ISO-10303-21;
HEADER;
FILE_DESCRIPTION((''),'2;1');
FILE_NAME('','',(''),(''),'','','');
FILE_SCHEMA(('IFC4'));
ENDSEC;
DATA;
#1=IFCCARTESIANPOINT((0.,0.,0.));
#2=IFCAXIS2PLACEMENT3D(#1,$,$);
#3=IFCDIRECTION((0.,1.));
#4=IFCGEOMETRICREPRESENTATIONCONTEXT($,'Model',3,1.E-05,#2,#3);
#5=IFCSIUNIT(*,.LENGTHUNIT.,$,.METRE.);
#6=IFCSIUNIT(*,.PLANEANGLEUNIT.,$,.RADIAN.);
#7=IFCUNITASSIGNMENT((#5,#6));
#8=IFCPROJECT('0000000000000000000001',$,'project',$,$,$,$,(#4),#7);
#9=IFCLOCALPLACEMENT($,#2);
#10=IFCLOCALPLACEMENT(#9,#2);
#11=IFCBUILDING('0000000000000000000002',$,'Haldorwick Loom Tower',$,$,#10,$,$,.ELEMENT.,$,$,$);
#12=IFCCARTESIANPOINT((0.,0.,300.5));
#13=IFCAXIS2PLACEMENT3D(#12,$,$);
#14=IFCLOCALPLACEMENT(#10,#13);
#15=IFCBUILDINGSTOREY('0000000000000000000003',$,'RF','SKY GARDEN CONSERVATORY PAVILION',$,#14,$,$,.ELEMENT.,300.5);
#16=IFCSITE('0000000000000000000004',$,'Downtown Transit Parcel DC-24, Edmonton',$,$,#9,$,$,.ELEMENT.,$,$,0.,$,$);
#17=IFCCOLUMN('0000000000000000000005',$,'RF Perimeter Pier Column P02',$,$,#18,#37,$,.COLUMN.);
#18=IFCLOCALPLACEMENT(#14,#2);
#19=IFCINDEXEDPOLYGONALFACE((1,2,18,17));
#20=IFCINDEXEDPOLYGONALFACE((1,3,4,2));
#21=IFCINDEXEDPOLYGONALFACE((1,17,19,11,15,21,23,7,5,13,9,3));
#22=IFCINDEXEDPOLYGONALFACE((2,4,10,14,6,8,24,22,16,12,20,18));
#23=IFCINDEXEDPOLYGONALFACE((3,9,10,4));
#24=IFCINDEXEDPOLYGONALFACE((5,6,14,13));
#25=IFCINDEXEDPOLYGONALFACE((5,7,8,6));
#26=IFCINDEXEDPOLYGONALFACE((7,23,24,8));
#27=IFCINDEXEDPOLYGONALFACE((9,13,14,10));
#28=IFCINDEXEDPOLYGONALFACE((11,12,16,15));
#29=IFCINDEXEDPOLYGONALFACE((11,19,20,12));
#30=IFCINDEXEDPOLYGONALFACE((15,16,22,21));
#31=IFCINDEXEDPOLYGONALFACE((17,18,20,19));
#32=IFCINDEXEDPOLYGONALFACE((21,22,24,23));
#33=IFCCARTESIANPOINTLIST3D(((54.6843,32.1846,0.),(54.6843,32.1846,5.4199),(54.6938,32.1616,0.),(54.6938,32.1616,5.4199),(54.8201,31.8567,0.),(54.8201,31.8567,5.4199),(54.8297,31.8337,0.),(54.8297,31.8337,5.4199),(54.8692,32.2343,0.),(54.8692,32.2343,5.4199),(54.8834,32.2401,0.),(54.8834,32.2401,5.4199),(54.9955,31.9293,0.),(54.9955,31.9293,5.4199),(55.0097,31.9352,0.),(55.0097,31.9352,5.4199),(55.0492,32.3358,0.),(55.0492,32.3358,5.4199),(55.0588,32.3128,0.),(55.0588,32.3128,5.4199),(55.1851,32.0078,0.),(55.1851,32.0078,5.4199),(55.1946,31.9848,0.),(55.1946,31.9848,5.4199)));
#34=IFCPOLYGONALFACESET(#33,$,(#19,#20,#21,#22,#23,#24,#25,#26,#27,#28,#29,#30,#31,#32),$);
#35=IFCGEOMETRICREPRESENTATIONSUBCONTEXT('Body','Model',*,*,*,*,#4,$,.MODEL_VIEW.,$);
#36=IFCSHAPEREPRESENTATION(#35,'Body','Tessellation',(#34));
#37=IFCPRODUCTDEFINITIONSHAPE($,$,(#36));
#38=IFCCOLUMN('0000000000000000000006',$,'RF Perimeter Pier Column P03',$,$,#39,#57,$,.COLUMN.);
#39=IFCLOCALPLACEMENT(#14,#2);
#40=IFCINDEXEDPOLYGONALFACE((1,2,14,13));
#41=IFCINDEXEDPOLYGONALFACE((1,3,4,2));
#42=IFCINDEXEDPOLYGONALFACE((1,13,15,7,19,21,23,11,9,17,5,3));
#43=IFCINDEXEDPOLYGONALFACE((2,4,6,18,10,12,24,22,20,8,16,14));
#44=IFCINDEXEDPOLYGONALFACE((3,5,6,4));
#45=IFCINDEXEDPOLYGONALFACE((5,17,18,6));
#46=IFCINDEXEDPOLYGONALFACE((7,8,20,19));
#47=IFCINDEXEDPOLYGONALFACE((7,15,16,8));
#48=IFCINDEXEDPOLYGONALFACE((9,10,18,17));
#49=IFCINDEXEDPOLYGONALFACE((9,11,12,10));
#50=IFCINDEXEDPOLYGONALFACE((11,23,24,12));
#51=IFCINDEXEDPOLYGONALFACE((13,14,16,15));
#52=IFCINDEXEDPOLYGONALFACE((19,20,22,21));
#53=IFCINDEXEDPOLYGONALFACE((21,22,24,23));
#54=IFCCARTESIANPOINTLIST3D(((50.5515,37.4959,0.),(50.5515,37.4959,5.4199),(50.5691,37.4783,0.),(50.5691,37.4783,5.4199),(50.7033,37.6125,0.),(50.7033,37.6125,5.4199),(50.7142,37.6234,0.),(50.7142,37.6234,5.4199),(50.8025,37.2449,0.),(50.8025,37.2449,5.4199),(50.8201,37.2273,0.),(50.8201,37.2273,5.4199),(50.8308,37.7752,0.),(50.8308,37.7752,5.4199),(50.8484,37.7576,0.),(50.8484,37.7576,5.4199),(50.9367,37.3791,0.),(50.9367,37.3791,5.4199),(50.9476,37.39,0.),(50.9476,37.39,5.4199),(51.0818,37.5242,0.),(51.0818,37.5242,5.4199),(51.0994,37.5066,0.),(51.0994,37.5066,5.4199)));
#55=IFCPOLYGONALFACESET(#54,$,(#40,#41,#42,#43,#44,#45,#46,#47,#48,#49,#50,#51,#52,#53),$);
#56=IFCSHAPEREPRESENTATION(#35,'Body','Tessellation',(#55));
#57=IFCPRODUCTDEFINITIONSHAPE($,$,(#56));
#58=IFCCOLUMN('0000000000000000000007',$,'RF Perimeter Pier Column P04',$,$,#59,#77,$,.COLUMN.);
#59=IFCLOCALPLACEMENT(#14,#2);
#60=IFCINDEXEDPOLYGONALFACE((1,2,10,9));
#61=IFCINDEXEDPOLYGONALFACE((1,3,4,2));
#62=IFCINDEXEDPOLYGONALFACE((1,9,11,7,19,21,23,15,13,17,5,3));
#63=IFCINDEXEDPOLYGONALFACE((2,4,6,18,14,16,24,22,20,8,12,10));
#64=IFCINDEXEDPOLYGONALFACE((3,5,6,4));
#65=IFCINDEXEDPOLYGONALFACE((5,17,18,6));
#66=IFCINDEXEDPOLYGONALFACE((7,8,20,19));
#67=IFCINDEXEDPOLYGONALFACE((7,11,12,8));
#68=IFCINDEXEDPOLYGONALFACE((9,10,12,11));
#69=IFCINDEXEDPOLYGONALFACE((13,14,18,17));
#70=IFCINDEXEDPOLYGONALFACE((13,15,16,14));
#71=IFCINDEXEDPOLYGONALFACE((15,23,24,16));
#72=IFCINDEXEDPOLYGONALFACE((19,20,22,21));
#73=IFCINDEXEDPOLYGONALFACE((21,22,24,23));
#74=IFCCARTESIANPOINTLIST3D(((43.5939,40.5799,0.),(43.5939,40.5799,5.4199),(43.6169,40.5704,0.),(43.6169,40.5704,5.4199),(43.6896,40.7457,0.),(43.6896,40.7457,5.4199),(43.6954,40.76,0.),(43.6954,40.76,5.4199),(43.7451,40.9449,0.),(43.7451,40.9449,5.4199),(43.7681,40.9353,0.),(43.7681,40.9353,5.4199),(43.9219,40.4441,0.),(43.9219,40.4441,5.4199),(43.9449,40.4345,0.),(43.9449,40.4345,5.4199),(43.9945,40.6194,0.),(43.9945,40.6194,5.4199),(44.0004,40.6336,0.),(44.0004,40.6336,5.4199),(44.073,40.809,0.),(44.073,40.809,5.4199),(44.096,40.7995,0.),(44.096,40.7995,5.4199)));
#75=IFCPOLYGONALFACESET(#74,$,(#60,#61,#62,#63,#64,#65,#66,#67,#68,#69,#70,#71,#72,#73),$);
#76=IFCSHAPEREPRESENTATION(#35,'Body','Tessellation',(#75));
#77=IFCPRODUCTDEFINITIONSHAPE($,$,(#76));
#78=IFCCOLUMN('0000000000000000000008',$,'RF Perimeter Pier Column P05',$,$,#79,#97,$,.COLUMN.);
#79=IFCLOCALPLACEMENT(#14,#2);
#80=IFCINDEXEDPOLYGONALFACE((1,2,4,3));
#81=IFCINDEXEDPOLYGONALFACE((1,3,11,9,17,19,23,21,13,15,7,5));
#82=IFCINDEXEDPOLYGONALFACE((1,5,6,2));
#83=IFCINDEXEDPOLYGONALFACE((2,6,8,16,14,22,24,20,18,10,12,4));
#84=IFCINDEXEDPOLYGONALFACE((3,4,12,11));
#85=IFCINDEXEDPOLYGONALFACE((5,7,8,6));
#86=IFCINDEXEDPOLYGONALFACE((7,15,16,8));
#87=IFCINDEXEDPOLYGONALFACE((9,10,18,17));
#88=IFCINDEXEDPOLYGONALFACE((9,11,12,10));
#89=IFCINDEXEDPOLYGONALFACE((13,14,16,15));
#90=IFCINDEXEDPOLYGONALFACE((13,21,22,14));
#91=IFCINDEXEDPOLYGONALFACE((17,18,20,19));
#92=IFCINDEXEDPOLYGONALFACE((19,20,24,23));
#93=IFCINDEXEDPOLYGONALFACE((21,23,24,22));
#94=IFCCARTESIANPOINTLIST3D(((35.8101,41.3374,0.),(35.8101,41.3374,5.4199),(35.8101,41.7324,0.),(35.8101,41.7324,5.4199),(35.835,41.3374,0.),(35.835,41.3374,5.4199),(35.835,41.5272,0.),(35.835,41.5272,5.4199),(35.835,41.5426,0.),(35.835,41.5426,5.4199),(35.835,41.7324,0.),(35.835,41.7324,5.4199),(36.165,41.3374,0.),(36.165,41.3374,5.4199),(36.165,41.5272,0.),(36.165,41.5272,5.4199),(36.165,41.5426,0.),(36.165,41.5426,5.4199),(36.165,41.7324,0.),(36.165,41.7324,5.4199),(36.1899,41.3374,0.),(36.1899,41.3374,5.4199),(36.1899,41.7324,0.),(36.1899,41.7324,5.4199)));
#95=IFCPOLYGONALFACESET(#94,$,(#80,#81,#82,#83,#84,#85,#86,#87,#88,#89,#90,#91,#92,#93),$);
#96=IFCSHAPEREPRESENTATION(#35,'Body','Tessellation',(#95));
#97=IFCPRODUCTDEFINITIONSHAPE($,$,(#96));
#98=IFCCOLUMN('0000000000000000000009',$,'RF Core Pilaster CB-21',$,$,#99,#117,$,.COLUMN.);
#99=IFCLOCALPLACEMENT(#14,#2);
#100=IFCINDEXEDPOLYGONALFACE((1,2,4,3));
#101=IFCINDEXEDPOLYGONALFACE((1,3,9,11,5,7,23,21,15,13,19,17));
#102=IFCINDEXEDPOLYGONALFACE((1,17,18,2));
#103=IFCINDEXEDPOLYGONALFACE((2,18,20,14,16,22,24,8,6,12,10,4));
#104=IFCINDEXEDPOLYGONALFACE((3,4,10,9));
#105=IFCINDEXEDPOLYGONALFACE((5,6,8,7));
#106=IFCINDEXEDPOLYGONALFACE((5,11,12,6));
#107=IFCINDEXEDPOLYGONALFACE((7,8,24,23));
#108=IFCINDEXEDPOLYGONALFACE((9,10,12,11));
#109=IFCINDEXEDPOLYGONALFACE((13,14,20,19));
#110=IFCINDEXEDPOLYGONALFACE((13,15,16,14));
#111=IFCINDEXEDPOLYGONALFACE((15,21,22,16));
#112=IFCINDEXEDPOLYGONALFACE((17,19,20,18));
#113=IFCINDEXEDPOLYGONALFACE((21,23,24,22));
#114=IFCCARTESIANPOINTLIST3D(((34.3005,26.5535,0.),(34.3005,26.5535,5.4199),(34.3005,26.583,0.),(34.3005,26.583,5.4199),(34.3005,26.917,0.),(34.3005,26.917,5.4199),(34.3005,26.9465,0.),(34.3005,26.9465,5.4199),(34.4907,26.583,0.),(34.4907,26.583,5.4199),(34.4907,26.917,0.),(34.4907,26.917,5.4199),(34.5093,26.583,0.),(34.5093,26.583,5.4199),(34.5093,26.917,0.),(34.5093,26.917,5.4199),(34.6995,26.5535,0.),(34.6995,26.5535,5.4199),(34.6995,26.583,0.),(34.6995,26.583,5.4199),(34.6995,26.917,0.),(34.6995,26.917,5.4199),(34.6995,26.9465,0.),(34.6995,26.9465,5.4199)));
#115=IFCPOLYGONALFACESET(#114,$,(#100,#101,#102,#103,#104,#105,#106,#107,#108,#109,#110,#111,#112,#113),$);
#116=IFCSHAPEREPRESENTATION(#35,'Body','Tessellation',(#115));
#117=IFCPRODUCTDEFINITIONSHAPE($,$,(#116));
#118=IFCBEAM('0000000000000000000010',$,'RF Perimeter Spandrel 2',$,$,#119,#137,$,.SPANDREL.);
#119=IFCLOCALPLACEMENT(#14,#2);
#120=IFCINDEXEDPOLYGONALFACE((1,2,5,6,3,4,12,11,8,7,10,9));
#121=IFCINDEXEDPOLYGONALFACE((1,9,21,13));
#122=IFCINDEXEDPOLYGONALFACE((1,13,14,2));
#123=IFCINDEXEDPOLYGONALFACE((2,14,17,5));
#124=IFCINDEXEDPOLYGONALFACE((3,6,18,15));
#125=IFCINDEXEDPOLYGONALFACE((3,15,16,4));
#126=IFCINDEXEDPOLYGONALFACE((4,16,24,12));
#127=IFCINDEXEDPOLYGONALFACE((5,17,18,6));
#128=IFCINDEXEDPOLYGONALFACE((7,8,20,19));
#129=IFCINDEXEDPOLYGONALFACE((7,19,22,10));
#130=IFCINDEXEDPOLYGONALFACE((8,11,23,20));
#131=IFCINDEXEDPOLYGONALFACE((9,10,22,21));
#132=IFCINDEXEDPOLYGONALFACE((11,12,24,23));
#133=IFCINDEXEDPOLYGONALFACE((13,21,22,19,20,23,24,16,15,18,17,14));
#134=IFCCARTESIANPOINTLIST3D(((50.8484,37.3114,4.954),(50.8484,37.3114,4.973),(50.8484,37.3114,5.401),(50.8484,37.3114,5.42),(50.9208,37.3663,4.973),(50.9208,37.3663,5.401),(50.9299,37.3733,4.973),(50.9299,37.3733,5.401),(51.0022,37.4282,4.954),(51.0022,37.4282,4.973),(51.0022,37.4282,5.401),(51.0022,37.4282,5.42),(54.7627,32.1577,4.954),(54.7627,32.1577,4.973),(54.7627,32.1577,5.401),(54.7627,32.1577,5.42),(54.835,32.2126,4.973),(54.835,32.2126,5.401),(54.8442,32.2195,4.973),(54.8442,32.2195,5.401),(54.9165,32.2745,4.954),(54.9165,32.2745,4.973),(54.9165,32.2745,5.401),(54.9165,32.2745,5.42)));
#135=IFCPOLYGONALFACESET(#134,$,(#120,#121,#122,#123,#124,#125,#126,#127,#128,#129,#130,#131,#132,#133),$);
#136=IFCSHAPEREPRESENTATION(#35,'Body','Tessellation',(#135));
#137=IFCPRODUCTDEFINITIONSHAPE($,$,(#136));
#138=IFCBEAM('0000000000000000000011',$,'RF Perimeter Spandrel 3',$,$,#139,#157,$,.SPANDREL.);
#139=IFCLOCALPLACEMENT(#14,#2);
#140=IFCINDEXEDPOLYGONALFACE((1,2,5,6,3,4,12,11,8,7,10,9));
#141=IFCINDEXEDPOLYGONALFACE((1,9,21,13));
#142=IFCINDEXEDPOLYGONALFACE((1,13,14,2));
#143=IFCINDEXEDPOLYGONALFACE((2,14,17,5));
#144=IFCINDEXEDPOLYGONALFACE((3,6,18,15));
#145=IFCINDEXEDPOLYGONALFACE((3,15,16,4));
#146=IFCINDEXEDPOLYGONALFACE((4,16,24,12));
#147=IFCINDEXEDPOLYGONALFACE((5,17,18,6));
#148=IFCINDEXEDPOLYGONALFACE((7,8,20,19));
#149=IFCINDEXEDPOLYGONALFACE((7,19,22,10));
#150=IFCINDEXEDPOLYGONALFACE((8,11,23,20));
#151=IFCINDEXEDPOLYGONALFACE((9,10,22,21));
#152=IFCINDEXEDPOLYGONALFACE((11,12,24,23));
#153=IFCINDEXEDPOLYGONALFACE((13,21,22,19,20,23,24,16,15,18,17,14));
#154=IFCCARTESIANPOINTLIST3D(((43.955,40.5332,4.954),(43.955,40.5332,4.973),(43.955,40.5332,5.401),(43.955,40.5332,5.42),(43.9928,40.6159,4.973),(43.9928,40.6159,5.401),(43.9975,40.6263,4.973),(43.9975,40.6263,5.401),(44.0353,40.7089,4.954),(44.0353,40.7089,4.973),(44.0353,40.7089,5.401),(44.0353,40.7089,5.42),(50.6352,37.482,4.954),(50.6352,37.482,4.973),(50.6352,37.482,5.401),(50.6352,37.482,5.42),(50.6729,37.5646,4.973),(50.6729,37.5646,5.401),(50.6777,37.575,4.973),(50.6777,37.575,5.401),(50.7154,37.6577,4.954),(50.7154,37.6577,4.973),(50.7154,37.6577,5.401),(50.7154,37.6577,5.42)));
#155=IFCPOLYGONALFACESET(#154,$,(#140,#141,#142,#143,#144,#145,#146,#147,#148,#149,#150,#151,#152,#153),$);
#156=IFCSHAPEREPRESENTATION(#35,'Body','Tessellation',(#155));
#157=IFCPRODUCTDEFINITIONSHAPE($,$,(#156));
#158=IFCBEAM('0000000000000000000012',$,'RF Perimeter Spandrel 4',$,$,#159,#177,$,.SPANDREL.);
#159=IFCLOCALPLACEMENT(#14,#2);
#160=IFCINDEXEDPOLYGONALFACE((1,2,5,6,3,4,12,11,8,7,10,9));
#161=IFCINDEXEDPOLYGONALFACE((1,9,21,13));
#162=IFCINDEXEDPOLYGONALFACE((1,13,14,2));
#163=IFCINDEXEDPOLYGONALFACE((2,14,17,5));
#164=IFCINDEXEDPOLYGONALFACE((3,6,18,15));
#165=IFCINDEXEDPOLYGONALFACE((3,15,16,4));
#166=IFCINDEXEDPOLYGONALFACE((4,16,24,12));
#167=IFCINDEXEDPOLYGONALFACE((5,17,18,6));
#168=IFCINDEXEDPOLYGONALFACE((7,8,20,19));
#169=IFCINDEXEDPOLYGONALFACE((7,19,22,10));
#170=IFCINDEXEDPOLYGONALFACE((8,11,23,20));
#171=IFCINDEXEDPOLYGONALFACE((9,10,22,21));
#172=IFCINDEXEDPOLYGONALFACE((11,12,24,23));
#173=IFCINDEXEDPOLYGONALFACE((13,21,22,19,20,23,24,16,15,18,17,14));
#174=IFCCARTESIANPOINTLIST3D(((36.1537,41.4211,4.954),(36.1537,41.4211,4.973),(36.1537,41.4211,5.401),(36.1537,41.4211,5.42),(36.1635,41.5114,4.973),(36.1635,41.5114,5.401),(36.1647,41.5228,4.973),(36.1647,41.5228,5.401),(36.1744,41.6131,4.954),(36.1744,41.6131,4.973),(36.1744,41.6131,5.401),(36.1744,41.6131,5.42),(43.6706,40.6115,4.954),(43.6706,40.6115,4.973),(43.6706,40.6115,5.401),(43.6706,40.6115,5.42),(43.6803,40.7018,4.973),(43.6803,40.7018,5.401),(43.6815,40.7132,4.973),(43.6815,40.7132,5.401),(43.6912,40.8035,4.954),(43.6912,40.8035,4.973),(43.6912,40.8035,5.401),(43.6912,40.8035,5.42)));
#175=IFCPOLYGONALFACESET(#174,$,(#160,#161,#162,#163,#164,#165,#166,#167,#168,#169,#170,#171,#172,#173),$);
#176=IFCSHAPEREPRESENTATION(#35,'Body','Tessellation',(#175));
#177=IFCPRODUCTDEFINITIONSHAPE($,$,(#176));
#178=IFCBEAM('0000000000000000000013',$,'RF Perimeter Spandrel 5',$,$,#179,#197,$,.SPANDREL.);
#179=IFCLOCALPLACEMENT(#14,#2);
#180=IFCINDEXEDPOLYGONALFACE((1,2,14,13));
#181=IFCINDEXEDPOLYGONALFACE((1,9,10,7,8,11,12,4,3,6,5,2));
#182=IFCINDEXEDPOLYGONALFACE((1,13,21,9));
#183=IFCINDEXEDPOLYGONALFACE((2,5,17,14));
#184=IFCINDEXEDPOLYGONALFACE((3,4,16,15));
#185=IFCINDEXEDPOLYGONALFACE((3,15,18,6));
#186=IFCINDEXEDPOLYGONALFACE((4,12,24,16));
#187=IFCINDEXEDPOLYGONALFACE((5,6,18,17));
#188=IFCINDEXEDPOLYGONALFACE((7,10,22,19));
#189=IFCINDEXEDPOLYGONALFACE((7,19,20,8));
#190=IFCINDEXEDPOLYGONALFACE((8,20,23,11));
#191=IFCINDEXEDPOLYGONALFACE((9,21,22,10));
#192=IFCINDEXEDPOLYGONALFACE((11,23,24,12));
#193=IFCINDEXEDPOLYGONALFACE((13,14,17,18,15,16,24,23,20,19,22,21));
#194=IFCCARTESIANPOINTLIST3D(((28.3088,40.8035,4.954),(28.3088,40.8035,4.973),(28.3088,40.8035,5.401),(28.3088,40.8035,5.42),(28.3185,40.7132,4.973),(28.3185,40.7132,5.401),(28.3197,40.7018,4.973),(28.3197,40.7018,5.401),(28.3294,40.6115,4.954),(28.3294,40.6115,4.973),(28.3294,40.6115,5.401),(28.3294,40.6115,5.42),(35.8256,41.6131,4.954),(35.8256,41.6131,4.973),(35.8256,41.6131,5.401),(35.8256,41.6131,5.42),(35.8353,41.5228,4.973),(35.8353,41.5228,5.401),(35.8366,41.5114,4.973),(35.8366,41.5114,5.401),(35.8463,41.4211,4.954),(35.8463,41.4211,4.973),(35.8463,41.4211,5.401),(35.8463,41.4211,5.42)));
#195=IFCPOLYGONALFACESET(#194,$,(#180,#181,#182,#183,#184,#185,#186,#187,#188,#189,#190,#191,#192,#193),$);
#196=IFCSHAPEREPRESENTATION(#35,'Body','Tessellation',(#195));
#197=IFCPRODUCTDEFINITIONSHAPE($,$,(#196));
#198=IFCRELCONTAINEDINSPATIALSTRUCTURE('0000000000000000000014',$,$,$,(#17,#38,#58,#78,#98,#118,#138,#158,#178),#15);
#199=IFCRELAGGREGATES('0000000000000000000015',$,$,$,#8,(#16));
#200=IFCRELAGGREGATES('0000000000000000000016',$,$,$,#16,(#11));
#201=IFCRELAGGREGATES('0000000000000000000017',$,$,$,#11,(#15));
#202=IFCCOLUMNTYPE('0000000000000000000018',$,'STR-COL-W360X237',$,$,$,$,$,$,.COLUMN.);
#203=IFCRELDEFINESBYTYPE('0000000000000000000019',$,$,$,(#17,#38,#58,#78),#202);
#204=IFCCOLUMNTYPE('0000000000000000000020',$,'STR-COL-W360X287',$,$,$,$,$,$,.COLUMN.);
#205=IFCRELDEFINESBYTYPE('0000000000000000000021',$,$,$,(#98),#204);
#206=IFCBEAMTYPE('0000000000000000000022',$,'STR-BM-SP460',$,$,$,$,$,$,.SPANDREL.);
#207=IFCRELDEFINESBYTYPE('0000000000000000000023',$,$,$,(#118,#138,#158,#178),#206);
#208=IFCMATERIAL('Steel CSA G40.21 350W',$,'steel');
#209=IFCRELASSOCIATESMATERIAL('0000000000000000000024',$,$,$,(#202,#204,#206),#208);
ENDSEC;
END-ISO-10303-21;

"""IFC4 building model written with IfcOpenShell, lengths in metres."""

from ifc_helpers import new_model, si_unit, direction, frame, origin, origin_2d, place, context, subcontext, project, spatial, i_section, extrude, material, material_profile, profile_set, type_object, element, save


model = new_model("IFC4")

# Units and contexts
model_context = context("Model", 3, precision=1e-05, world=origin(), true_north=direction((0.0, 1.0)))
body_context = subcontext(model_context, "Body", "Model", "MODEL_VIEW")
ifc_project = project(units=[si_unit("LENGTHUNIT", "METRE"), si_unit("PLANEANGLEUNIT", "RADIAN")], contexts=[model_context])

# Site, building, storey
site_placement = place(None, origin())
site = spatial("IfcSite", under=ifc_project, at=site_placement, Name="Downtown Transit Parcel DC-24, Edmonton", CompositionType="ELEMENT", RefElevation=0.0)
building_placement = place(site_placement, origin())
building = spatial("IfcBuilding", under=site, at=building_placement, Name="Haldorwick Loom Tower", CompositionType="ELEMENT")
storey_placement = place(building_placement, frame((0.0, 0.0, 300.5)))
storey = spatial("IfcBuildingStorey", under=building, at=storey_placement, Name="RF", Description="SKY GARDEN CONSERVATORY PAVILION", CompositionType="ELEMENT", Elevation=300.5)

# Columns
ifc_material_1 = material(Name="Steel CSA G40.21 350W", Category="steel")
ifc_material_profile_1 = material_profile(ifc_material_1, i_section(OverallWidth=0.395, OverallDepth=0.3799, WebThickness=0.0154, FlangeThickness=0.0249, at=origin_2d()), Name="W360X237", Category="steel")
ifc_profile_set_1 = profile_set([ifc_material_profile_1], Name="Steel CSA G40.21 350W")
column_type_1 = type_object("IfcColumnType", Name="STR-COL-W360X237", PredefinedType="COLUMN", material=ifc_profile_set_1)
for number, where, z_axis, x_axis, name in (
    (1, (54.9395, 32.0847, 0.0), (0.0, 0.0, 1.0), (0.92388, 0.382683, 0.0), "RF Perimeter Pier Column P02"),
    (2, (50.8254, 37.5012, 0.0), (0.0, 0.0, 1.0), (0.707107, 0.707107, 0.0), "RF Perimeter Pier Column P03"),
    (3, (43.845, 40.6897, 0.0), (0.0, 0.0, 1.0), (0.382683, 0.92388, 0.0), "RF Perimeter Pier Column P04"),
    (4, (36.0, 41.5349, 0.0), (0.0, 0.0, 1.0), (0.0, 1.0, 0.0), "RF Perimeter Pier Column P05"),
):
    element("IfcColumn", number, at=place(storey_placement, frame(where, z_axis=z_axis, x_axis=x_axis)), inside=storey, type_object=column_type_1, Name=name, PredefinedType="COLUMN", context=body_context, shape_type="SweptSolid", body=[
        extrude(i_section(OverallWidth=0.395, OverallDepth=0.3799, WebThickness=0.0154, FlangeThickness=0.0249, at=origin_2d()), origin(), (0.0, 0.0, 1.0), 5.4199),
    ])
ifc_material_profile_2 = material_profile(ifc_material_1, i_section(OverallWidth=0.3989, OverallDepth=0.3931, WebThickness=0.0186, FlangeThickness=0.0295, at=origin_2d()), Name="W360X287", Category="steel")
ifc_profile_set_2 = profile_set([ifc_material_profile_2], Name="Steel CSA G40.21 350W")
column_type_2 = type_object("IfcColumnType", Name="STR-COL-W360X287", PredefinedType="COLUMN", material=ifc_profile_set_2)
column_placement = place(storey_placement, frame((34.5, 26.75, 0.0), z_axis=(0.0, 0.0, 1.0), x_axis=(1.0, 0.0, 0.0)))
element("IfcColumn", 5, at=column_placement, inside=storey, type_object=column_type_2, Name="RF Core Pilaster CB-21", PredefinedType="COLUMN", context=body_context, shape_type="SweptSolid", body=[
    extrude(i_section(OverallWidth=0.3989, OverallDepth=0.3931, WebThickness=0.0186, FlangeThickness=0.0295, at=origin_2d()), origin(), (0.0, 0.0, 1.0), 5.4199),
])

# Beams
ifc_material_profile_3 = material_profile(ifc_material_1, i_section(OverallWidth=0.1931, OverallDepth=0.4661, WebThickness=0.0115, FlangeThickness=0.019, at=origin_2d()), Name="W460X97", Category="steel")
ifc_profile_set_3 = profile_set([ifc_material_profile_3], Name="Steel CSA G40.21 350W")
beam_type_1 = type_object("IfcBeamType", Name="STR-BM-SP460", PredefinedType="SPANDREL", material=ifc_profile_set_3)
beam_1_placement = place(storey_placement, frame((54.8396, 32.2161, 5.187), z_axis=(-0.60483, 0.796355, 0.0), x_axis=(-0.796355, -0.60483, 0.0)))
element("IfcBeam", 6, at=beam_1_placement, inside=storey, type_object=beam_type_1, Name="RF Perimeter Spandrel 2", PredefinedType="SPANDREL", context=body_context, shape_type="SweptSolid", body=[
    extrude(i_section(OverallWidth=0.1931, OverallDepth=0.4661, WebThickness=0.0115, FlangeThickness=0.019, at=origin_2d()), origin(), (0.0, 0.0, 1.0), 6.4717),
])
beam_2_placement = place(storey_placement, frame((50.6753, 37.5698, 5.187), z_axis=(-0.909604, 0.415475, 0.0), x_axis=(-0.415475, -0.909604, 0.0)))
element("IfcBeam", 7, at=beam_2_placement, inside=storey, type_object=beam_type_1, Name="RF Perimeter Spandrel 3", PredefinedType="SPANDREL", context=body_context, shape_type="SweptSolid", body=[
    extrude(i_section(OverallWidth=0.1931, OverallDepth=0.4661, WebThickness=0.0115, FlangeThickness=0.019, at=origin_2d()), origin(), (0.0, 0.0, 1.0), 7.344),
])
for number, where, z_axis, x_axis, name in (
    (8, (43.6809, 40.7075, 5.187), (-0.99425, 0.107082, 0.0), (-0.107082, -0.99425, 0.0), "RF Perimeter Spandrel 4"),
    (9, (35.8359, 41.5171, 5.187), (-0.99425, -0.107082, 0.0), (0.107082, -0.99425, 0.0), "RF Perimeter Spandrel 5"),
):
    element("IfcBeam", number, at=place(storey_placement, frame(where, z_axis=z_axis, x_axis=x_axis)), inside=storey, type_object=beam_type_1, Name=name, PredefinedType="SPANDREL", context=body_context, shape_type="SweptSolid", body=[
        extrude(i_section(OverallWidth=0.1931, OverallDepth=0.4661, WebThickness=0.0115, FlangeThickness=0.019, at=origin_2d()), origin(), (0.0, 0.0, 1.0), 7.5603),
    ])

save(model, "model.ifc")
